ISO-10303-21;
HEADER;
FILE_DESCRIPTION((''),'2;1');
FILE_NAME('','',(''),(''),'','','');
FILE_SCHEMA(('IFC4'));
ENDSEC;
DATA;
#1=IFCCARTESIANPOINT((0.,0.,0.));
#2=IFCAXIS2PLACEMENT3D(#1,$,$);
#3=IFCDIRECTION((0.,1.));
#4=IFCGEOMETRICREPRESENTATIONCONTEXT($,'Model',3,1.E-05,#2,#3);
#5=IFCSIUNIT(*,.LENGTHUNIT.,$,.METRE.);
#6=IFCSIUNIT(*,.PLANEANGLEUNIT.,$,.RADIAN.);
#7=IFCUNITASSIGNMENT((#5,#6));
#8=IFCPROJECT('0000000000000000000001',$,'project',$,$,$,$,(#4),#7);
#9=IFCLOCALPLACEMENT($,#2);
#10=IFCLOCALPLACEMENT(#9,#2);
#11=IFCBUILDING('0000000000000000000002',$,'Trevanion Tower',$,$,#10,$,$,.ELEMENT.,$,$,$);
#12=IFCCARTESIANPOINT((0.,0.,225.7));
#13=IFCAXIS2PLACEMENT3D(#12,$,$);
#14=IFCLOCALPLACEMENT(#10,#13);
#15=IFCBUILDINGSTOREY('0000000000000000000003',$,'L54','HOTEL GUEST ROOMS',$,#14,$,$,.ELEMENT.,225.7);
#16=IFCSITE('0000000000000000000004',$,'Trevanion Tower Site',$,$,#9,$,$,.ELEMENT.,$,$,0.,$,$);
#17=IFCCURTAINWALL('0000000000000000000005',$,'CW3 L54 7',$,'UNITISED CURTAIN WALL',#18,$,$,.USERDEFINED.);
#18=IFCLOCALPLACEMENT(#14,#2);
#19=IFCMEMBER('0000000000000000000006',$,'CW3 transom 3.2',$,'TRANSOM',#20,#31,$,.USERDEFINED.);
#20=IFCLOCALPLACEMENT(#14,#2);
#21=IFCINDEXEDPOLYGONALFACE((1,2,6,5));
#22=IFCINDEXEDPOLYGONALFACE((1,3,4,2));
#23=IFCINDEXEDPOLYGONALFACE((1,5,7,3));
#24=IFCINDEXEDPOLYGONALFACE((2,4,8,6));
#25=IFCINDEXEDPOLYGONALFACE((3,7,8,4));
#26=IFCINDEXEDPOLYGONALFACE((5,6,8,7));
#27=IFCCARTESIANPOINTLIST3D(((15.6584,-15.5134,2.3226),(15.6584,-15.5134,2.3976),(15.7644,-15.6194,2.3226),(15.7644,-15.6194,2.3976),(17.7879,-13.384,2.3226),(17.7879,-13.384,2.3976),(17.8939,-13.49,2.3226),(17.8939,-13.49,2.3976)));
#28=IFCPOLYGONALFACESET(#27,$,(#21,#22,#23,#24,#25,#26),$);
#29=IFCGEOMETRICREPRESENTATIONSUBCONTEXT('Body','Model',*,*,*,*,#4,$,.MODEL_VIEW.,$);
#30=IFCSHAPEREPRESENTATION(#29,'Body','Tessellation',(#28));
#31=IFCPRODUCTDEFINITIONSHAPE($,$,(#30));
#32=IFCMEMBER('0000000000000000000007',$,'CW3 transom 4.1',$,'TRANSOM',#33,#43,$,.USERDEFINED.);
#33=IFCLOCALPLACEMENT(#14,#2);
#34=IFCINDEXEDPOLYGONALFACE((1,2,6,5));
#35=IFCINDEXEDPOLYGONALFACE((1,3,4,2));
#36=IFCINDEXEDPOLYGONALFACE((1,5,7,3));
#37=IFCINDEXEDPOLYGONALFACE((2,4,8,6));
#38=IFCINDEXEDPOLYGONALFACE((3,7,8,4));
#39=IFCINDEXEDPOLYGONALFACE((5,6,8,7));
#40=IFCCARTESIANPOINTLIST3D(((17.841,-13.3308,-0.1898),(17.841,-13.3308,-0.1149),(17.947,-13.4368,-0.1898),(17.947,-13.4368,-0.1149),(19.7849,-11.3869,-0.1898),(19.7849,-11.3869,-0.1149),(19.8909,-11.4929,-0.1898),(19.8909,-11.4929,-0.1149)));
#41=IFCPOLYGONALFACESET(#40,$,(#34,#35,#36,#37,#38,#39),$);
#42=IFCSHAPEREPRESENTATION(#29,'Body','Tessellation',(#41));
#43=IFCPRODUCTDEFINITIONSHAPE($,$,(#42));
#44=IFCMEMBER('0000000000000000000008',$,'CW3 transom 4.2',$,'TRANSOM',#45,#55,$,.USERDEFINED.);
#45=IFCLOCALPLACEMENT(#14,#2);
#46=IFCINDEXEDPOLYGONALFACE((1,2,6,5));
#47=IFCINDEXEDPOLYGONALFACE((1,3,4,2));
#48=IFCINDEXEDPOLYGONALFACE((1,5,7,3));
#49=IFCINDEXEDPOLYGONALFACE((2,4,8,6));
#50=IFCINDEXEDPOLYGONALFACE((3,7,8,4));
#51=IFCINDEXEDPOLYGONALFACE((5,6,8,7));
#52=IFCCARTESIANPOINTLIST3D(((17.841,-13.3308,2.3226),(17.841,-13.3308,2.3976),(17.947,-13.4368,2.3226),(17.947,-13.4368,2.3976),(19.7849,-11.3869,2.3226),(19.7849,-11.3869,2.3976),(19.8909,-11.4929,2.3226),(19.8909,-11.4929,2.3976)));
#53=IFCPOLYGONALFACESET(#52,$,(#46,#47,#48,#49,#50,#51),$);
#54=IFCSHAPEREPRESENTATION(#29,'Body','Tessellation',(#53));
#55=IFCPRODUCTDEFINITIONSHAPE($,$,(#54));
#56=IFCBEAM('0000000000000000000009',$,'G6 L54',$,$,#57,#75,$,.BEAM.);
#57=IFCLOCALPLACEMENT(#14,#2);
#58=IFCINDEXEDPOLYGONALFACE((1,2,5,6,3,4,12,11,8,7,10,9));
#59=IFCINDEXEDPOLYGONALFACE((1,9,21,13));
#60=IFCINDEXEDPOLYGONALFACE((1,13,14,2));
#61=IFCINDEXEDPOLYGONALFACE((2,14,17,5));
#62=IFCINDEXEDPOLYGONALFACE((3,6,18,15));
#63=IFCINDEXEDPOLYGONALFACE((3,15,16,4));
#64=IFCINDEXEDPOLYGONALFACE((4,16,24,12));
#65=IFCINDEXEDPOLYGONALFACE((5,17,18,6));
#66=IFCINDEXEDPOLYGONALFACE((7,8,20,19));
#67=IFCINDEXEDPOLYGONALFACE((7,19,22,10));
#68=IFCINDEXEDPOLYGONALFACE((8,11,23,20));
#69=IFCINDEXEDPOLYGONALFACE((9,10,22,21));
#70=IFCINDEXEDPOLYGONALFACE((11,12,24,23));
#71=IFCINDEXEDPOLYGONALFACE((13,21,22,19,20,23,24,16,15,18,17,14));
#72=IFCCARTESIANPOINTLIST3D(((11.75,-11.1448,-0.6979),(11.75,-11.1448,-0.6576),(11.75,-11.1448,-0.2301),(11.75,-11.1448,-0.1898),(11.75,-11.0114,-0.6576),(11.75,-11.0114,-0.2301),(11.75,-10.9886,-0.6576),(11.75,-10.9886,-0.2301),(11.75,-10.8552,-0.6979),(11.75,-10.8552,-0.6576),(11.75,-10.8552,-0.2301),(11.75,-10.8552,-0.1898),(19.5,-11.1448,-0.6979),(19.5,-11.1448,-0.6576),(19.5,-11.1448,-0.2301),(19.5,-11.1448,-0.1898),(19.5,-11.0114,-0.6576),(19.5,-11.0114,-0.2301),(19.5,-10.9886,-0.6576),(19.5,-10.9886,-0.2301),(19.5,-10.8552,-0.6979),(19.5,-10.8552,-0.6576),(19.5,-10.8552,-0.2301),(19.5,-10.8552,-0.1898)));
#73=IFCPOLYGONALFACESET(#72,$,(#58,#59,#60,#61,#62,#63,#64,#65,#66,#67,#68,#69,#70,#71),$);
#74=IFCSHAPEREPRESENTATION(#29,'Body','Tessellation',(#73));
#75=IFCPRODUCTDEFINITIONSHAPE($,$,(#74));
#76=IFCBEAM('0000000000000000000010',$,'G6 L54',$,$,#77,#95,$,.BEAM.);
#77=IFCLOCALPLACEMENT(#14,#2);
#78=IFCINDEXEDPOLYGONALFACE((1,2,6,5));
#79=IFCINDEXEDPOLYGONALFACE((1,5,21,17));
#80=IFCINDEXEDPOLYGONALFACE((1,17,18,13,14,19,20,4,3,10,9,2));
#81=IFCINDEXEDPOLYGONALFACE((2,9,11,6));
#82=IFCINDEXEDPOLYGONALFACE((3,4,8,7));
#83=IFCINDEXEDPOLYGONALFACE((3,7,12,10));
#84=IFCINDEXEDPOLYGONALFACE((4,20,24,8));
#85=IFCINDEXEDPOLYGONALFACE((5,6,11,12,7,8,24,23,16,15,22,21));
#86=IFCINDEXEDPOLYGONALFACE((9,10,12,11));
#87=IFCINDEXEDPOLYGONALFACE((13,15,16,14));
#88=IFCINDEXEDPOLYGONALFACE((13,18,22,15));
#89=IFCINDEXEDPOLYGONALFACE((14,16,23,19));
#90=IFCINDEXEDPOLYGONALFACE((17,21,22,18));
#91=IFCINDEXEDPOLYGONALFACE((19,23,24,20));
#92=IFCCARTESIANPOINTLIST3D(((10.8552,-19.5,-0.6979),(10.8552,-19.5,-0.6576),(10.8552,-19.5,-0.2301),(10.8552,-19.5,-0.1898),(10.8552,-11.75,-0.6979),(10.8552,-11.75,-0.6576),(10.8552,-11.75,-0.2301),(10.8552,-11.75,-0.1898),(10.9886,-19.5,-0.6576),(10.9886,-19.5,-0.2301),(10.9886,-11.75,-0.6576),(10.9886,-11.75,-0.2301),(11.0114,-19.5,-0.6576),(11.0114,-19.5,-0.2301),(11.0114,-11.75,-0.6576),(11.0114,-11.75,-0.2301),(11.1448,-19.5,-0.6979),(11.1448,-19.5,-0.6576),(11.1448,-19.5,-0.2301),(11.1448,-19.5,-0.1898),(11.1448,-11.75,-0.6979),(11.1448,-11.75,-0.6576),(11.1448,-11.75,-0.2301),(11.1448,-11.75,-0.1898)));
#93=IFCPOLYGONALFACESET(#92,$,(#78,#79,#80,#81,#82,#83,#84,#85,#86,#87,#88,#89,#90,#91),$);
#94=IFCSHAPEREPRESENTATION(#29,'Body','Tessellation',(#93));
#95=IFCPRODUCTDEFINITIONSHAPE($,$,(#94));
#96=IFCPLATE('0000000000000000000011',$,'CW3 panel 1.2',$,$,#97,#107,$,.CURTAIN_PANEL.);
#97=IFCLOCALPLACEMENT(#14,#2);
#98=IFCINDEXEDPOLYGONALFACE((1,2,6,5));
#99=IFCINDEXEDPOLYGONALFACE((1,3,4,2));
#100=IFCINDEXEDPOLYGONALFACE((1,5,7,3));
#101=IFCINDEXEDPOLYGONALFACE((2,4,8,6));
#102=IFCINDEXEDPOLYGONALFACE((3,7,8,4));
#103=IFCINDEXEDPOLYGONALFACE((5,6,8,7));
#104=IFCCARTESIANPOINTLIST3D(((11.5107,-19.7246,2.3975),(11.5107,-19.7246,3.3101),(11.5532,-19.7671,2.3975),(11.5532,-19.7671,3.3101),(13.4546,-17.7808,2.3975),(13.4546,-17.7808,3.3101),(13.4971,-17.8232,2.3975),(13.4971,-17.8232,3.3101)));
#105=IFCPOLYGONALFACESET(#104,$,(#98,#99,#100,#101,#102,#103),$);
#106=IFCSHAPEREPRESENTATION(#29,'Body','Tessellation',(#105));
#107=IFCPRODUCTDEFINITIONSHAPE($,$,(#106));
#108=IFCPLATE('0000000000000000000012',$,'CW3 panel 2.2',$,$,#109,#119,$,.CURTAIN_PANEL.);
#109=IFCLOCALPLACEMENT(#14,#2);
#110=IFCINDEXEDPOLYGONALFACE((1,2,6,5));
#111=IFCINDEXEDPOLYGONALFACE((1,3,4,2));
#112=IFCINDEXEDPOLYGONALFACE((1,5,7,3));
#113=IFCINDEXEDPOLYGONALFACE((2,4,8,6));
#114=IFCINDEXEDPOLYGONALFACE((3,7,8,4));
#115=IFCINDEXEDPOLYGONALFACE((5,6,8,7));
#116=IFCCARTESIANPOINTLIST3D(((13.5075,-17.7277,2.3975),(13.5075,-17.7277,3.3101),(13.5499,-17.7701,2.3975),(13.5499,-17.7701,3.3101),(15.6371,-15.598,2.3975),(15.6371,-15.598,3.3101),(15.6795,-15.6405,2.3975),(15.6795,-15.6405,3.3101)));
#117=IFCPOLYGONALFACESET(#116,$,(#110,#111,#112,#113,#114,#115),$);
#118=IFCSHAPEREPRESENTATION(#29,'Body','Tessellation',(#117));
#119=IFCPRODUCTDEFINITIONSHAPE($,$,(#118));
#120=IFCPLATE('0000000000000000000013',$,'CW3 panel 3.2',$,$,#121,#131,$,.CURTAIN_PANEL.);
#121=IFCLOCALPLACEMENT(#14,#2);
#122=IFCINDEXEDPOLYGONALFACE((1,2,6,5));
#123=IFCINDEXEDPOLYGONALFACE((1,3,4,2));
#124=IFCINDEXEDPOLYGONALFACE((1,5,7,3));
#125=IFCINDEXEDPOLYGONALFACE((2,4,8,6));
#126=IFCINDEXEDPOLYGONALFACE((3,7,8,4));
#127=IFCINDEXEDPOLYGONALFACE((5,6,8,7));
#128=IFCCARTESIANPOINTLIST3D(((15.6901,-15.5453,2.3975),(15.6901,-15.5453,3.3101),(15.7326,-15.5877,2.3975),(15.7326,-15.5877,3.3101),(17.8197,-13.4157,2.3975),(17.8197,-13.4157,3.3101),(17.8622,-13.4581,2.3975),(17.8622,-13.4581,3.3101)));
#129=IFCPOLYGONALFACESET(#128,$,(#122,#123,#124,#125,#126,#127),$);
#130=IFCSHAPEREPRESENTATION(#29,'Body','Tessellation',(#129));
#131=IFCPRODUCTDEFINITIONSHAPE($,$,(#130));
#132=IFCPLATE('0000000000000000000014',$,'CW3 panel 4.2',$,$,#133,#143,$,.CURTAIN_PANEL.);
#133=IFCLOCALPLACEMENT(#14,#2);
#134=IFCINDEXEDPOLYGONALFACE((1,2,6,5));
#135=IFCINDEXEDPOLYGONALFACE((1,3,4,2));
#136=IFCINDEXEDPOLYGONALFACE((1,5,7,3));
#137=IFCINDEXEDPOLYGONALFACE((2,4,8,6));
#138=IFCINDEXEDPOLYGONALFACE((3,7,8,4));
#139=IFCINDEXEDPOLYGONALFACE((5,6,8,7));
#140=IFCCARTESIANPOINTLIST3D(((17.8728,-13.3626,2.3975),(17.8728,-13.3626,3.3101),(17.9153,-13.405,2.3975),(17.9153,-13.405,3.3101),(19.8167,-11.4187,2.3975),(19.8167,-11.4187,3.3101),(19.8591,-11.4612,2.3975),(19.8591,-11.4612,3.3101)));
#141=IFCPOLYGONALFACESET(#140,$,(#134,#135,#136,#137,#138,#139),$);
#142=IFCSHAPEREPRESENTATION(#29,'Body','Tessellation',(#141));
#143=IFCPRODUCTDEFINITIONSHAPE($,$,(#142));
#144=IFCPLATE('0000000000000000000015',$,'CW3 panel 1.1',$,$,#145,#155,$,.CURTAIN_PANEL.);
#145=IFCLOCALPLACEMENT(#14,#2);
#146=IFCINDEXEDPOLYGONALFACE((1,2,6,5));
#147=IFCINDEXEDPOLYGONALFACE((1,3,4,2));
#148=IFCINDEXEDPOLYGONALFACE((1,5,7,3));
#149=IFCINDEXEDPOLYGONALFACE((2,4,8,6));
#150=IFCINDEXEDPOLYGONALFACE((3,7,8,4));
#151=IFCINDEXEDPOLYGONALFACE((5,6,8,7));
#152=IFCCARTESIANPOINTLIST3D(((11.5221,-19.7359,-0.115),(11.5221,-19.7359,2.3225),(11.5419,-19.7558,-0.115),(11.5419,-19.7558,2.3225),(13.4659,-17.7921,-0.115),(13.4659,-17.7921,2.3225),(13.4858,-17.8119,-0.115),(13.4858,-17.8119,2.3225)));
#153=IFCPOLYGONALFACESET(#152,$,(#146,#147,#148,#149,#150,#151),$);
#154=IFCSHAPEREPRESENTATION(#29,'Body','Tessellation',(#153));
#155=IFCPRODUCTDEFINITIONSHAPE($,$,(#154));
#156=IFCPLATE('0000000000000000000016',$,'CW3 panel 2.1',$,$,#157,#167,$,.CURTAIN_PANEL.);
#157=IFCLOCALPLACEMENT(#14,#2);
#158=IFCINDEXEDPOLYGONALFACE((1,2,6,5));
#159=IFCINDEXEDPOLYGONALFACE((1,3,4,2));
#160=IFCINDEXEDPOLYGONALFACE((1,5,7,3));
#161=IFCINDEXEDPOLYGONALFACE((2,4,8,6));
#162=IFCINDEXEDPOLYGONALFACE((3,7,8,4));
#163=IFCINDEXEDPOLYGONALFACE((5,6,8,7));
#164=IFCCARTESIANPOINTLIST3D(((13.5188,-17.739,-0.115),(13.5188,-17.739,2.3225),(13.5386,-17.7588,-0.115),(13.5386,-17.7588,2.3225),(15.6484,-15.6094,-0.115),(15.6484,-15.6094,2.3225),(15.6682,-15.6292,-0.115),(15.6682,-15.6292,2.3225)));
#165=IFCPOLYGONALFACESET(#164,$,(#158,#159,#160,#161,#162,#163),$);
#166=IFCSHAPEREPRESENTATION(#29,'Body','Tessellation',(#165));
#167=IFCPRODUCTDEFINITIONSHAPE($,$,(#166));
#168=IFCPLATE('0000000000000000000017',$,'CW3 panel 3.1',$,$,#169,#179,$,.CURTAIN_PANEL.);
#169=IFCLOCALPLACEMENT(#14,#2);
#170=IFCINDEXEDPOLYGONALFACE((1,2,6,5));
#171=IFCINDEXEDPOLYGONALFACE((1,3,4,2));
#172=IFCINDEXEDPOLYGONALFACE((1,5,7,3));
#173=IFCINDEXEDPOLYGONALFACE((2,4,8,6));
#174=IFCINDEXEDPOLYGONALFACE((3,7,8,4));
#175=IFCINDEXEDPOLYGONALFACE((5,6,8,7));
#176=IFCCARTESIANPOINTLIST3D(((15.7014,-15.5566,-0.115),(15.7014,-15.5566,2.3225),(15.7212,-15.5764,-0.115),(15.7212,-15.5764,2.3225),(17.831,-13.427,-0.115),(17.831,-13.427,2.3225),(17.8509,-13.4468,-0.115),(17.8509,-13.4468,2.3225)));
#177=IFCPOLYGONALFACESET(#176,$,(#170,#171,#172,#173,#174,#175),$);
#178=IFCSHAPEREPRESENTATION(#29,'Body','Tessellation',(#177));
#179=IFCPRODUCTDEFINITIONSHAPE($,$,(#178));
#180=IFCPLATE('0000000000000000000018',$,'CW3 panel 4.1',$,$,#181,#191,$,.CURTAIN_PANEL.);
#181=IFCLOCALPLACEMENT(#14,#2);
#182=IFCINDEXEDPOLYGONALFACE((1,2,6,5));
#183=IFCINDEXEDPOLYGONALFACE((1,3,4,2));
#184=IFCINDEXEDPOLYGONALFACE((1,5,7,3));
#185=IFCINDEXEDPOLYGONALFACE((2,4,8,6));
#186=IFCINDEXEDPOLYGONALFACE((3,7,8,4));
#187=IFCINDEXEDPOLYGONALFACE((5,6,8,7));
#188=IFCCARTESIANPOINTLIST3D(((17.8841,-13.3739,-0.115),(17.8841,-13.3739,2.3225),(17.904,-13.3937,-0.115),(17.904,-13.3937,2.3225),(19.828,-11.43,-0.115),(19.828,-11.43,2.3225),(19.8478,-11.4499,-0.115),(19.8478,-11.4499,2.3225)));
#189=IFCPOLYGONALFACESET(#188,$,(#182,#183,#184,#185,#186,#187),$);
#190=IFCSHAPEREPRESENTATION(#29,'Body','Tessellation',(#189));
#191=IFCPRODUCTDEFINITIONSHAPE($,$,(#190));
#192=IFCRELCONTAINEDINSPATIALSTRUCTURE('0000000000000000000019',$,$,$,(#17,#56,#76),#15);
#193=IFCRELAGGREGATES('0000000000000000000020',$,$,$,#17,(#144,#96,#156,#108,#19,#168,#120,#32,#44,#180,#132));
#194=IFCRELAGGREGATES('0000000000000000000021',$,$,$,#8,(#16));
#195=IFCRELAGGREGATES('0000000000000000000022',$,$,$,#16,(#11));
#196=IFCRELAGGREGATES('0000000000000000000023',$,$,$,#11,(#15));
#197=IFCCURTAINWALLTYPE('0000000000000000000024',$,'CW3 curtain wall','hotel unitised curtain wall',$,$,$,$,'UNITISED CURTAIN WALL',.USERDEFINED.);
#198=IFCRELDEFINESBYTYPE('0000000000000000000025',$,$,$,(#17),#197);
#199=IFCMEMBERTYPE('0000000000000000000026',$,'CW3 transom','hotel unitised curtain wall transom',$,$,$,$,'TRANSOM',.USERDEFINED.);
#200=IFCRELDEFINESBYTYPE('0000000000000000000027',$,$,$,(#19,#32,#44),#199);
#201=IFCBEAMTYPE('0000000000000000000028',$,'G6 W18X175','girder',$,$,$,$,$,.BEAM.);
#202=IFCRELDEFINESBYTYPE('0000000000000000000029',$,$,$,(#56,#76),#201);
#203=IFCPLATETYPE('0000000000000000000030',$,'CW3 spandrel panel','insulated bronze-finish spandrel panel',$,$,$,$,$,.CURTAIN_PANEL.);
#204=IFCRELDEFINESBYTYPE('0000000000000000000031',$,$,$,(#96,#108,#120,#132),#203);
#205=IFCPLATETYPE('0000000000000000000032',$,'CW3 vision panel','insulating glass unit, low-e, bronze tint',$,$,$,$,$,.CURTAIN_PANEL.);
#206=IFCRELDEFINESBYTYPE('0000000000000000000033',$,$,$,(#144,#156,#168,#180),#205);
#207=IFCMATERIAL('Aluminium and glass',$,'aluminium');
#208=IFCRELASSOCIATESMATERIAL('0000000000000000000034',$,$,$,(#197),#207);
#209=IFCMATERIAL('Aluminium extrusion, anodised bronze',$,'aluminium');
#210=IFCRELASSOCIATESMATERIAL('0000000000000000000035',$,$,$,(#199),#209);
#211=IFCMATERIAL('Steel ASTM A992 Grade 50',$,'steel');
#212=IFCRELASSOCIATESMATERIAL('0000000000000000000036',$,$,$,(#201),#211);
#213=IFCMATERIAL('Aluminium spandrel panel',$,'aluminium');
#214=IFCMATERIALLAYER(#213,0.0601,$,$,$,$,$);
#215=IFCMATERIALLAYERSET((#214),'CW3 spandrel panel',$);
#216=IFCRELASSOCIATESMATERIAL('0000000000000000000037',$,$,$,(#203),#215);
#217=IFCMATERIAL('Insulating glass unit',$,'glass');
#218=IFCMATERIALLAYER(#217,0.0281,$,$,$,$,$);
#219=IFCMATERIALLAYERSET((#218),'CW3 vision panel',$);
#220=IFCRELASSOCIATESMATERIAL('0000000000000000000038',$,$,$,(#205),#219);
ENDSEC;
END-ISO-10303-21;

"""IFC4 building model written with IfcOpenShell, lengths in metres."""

from ifc_helpers import new_model, si_unit, direction, frame, origin, origin_2d, place, context, subcontext, project, spatial, rectangle, i_section, extrude, material, layer, layer_set, material_profile, profile_set, type_object, element, aggregate, save


model = new_model("IFC4")

# Units and contexts
model_context = context("Model", 3, precision=1e-05, world=origin(), true_north=direction((0.0, 1.0)))
body_context = subcontext(model_context, "Body", "Model", "MODEL_VIEW")
ifc_project = project(units=[si_unit("LENGTHUNIT", "METRE"), si_unit("PLANEANGLEUNIT", "RADIAN")], contexts=[model_context])

# Site, building, storey
site_placement = place(None, origin())
site = spatial("IfcSite", under=ifc_project, at=site_placement, Name="Trevanion Tower Site", CompositionType="ELEMENT", RefElevation=0.0)
building_placement = place(site_placement, origin())
building = spatial("IfcBuilding", under=site, at=building_placement, Name="Trevanion Tower", CompositionType="ELEMENT")
storey_placement = place(building_placement, frame((0.0, 0.0, 225.7)))
storey = spatial("IfcBuildingStorey", under=building, at=storey_placement, Name="L54", Description="HOTEL GUEST ROOMS", CompositionType="ELEMENT", Elevation=225.7)

# Curtain wall
ifc_material_1 = material(Name="Aluminium and glass", Category="aluminium")
curtain_wall_type = type_object("IfcCurtainWallType", Name="CW3 curtain wall", Description="hotel unitised curtain wall", ElementType="UNITISED CURTAIN WALL", PredefinedType="USERDEFINED", material=ifc_material_1)
curtain_wall_1_placement = place(storey_placement, origin())
curtain_wall_1 = element("IfcCurtainWall", 1, at=curtain_wall_1_placement, inside=storey, type_object=curtain_wall_type, Name="CW3 L54 7", ObjectType="UNITISED CURTAIN WALL", PredefinedType="USERDEFINED")

# Members
ifc_material_2 = material(Name="Aluminium extrusion, anodised bronze", Category="aluminium")
ifc_material_profile_1 = material_profile(ifc_material_2, rectangle(XDim=0.1499, YDim=0.075, at=origin_2d()), Name="CW3 transom")
ifc_profile_set_1 = profile_set([ifc_material_profile_1], Name="Aluminium extrusion, anodised bronze")
member_type_1 = type_object("IfcMemberType", Name="CW3 transom", Description="hotel unitised curtain wall transom", ElementType="TRANSOM", PredefinedType="USERDEFINED", material=ifc_profile_set_1)
member_1_placement = place(storey_placement, frame((15.7114, -15.5664, 2.3601), z_axis=(0.707107, 0.707107, 0.0), x_axis=(-0.707107, 0.707107, 0.0)))
member_1 = element("IfcMember", 2, at=member_1_placement, type_object=member_type_1, Name="CW3 transom 3.2", ObjectType="TRANSOM", PredefinedType="USERDEFINED", context=body_context, shape_type="SweptSolid", body=[
    extrude(rectangle(XDim=0.1499, YDim=0.075, at=origin_2d()), origin(), (0.0, 0.0, 1.0), 3.0115),
])
member_2_placement = place(storey_placement, frame((17.894, -13.3838, -0.1523), z_axis=(0.707107, 0.707107, 0.0), x_axis=(-0.707107, 0.707107, 0.0)))
member_2 = element("IfcMember", 3, at=member_2_placement, type_object=member_type_1, Name="CW3 transom 4.1", ObjectType="TRANSOM", PredefinedType="USERDEFINED", context=body_context, shape_type="SweptSolid", body=[
    extrude(rectangle(XDim=0.1499, YDim=0.075, at=origin_2d()), origin(), (0.0, 0.0, 1.0), 2.749),
])
member_3_placement = place(storey_placement, frame((17.894, -13.3838, 2.3601), z_axis=(0.707107, 0.707107, 0.0), x_axis=(-0.707107, 0.707107, 0.0)))
member_3 = element("IfcMember", 4, at=member_3_placement, type_object=member_type_1, Name="CW3 transom 4.2", ObjectType="TRANSOM", PredefinedType="USERDEFINED", context=body_context, shape_type="SweptSolid", body=[
    extrude(rectangle(XDim=0.1499, YDim=0.075, at=origin_2d()), origin(), (0.0, 0.0, 1.0), 2.749),
])

# Beams
ifc_material_3 = material(Name="Steel ASTM A992 Grade 50", Category="steel")
ifc_material_profile_2 = material_profile(ifc_material_3, i_section(OverallWidth=0.2896, OverallDepth=0.5081, WebThickness=0.0227, FlangeThickness=0.0403, at=origin_2d()), Name="W18X175")
ifc_profile_set_2 = profile_set([ifc_material_profile_2], Name="Steel ASTM A992 Grade 50")
beam_type_1 = type_object("IfcBeamType", Name="G6 W18X175", Description="girder", PredefinedType="BEAM", material=ifc_profile_set_2)
for number, where, z_axis, x_axis, name in (
    (5, (11.75, -11.0, -0.4438), (1.0, 0.0, 0.0), (0.0, 1.0, 0.0), "G6 L54"),
    (6, (11.0, -11.75, -0.4438), (0.0, -1.0, 0.0), (1.0, 0.0, 0.0), "G6 L54"),
):
    element("IfcBeam", number, at=place(storey_placement, frame(where, z_axis=z_axis, x_axis=x_axis)), inside=storey, type_object=beam_type_1, Name=name, PredefinedType="BEAM", context=body_context, shape_type="SweptSolid", body=[
        extrude(i_section(OverallWidth=0.2896, OverallDepth=0.5081, WebThickness=0.0227, FlangeThickness=0.0403, at=origin_2d()), origin(), (0.0, 0.0, 1.0), 7.75),
    ])

# Plates
ifc_material_4 = material(Name="Aluminium spandrel panel", Category="aluminium")
ifc_layer_1 = layer(ifc_material_4, 0.0601)
ifc_layer_set_1 = layer_set([ifc_layer_1], Name="CW3 spandrel panel")
plate_type_1 = type_object("IfcPlateType", Name="CW3 spandrel panel", Description="insulated bronze-finish spandrel panel", PredefinedType="CURTAIN_PANEL", material=ifc_layer_set_1)
plate_1_placement = place(storey_placement, frame((12.5039, -18.7739, 2.3975), z_axis=(0.0, 0.0, 1.0), x_axis=(0.707107, 0.707107, 0.0)))
plate_1 = element("IfcPlate", 7, at=plate_1_placement, type_object=plate_type_1, Name="CW3 panel 1.2", PredefinedType="CURTAIN_PANEL", context=body_context, shape_type="SweptSolid", body=[
    extrude(rectangle(XDim=2.749, YDim=0.0601, at=origin_2d()), origin(), (0.0, 0.0, 1.0), 0.9126),
])
plate_2_placement = place(storey_placement, frame((14.5935, -16.6841, 2.3975), z_axis=(0.0, 0.0, 1.0), x_axis=(0.707107, 0.707107, 0.0)))
plate_2 = element("IfcPlate", 8, at=plate_2_placement, type_object=plate_type_1, Name="CW3 panel 2.2", PredefinedType="CURTAIN_PANEL", context=body_context, shape_type="SweptSolid", body=[
    extrude(rectangle(XDim=3.0117, YDim=0.0601, at=origin_2d()), origin(), (0.0, 0.0, 1.0), 0.9126),
])
plate_3_placement = place(storey_placement, frame((16.7761, -14.5017, 2.3975), z_axis=(0.0, 0.0, 1.0), x_axis=(0.707107, 0.707107, 0.0)))
plate_3 = element("IfcPlate", 9, at=plate_3_placement, type_object=plate_type_1, Name="CW3 panel 3.2", PredefinedType="CURTAIN_PANEL", context=body_context, shape_type="SweptSolid", body=[
    extrude(rectangle(XDim=3.0117, YDim=0.0601, at=origin_2d()), origin(), (0.0, 0.0, 1.0), 0.9126),
])
plate_4_placement = place(storey_placement, frame((18.866, -12.4119, 2.3975), z_axis=(0.0, 0.0, 1.0), x_axis=(0.707107, 0.707107, 0.0)))
plate_4 = element("IfcPlate", 10, at=plate_4_placement, type_object=plate_type_1, Name="CW3 panel 4.2", PredefinedType="CURTAIN_PANEL", context=body_context, shape_type="SweptSolid", body=[
    extrude(rectangle(XDim=2.749, YDim=0.0601, at=origin_2d()), origin(), (0.0, 0.0, 1.0), 0.9126),
])
ifc_material_5 = material(Name="Insulating glass unit", Category="glass")
ifc_layer_2 = layer(ifc_material_5, 0.0281)
ifc_layer_set_2 = layer_set([ifc_layer_2], Name="CW3 vision panel")
plate_type_2 = type_object("IfcPlateType", Name="CW3 vision panel", Description="insulating glass unit, low-e, bronze tint", PredefinedType="CURTAIN_PANEL", material=ifc_layer_set_2)
plate_5_placement = place(storey_placement, frame((12.5039, -18.7739, -0.115), z_axis=(0.0, 0.0, 1.0), x_axis=(0.707107, 0.707107, 0.0)))
plate_5 = element("IfcPlate", 11, at=plate_5_placement, type_object=plate_type_2, Name="CW3 panel 1.1", PredefinedType="CURTAIN_PANEL", context=body_context, shape_type="SweptSolid", body=[
    extrude(rectangle(XDim=2.749, YDim=0.0281, at=origin_2d()), origin(), (0.0, 0.0, 1.0), 2.4375),
])
plate_6_placement = place(storey_placement, frame((14.5935, -16.6841, -0.115), z_axis=(0.0, 0.0, 1.0), x_axis=(0.707107, 0.707107, 0.0)))
plate_6 = element("IfcPlate", 12, at=plate_6_placement, type_object=plate_type_2, Name="CW3 panel 2.1", PredefinedType="CURTAIN_PANEL", context=body_context, shape_type="SweptSolid", body=[
    extrude(rectangle(XDim=3.0117, YDim=0.0281, at=origin_2d()), origin(), (0.0, 0.0, 1.0), 2.4375),
])
plate_7_placement = place(storey_placement, frame((16.7761, -14.5017, -0.115), z_axis=(0.0, 0.0, 1.0), x_axis=(0.707107, 0.707107, 0.0)))
plate_7 = element("IfcPlate", 13, at=plate_7_placement, type_object=plate_type_2, Name="CW3 panel 3.1", PredefinedType="CURTAIN_PANEL", context=body_context, shape_type="SweptSolid", body=[
    extrude(rectangle(XDim=3.0117, YDim=0.0281, at=origin_2d()), origin(), (0.0, 0.0, 1.0), 2.4375),
])
plate_8_placement = place(storey_placement, frame((18.866, -12.4119, -0.115), z_axis=(0.0, 0.0, 1.0), x_axis=(0.707107, 0.707107, 0.0)))
plate_8 = element("IfcPlate", 14, at=plate_8_placement, type_object=plate_type_2, Name="CW3 panel 4.1", PredefinedType="CURTAIN_PANEL", context=body_context, shape_type="SweptSolid", body=[
    extrude(rectangle(XDim=2.749, YDim=0.0281, at=origin_2d()), origin(), (0.0, 0.0, 1.0), 2.4375),
])
aggregate(curtain_wall_1, [plate_5, plate_1, plate_6, plate_2, member_1, plate_7, plate_3, member_2, member_3, plate_8, plate_4])

save(model, "model.ifc")
